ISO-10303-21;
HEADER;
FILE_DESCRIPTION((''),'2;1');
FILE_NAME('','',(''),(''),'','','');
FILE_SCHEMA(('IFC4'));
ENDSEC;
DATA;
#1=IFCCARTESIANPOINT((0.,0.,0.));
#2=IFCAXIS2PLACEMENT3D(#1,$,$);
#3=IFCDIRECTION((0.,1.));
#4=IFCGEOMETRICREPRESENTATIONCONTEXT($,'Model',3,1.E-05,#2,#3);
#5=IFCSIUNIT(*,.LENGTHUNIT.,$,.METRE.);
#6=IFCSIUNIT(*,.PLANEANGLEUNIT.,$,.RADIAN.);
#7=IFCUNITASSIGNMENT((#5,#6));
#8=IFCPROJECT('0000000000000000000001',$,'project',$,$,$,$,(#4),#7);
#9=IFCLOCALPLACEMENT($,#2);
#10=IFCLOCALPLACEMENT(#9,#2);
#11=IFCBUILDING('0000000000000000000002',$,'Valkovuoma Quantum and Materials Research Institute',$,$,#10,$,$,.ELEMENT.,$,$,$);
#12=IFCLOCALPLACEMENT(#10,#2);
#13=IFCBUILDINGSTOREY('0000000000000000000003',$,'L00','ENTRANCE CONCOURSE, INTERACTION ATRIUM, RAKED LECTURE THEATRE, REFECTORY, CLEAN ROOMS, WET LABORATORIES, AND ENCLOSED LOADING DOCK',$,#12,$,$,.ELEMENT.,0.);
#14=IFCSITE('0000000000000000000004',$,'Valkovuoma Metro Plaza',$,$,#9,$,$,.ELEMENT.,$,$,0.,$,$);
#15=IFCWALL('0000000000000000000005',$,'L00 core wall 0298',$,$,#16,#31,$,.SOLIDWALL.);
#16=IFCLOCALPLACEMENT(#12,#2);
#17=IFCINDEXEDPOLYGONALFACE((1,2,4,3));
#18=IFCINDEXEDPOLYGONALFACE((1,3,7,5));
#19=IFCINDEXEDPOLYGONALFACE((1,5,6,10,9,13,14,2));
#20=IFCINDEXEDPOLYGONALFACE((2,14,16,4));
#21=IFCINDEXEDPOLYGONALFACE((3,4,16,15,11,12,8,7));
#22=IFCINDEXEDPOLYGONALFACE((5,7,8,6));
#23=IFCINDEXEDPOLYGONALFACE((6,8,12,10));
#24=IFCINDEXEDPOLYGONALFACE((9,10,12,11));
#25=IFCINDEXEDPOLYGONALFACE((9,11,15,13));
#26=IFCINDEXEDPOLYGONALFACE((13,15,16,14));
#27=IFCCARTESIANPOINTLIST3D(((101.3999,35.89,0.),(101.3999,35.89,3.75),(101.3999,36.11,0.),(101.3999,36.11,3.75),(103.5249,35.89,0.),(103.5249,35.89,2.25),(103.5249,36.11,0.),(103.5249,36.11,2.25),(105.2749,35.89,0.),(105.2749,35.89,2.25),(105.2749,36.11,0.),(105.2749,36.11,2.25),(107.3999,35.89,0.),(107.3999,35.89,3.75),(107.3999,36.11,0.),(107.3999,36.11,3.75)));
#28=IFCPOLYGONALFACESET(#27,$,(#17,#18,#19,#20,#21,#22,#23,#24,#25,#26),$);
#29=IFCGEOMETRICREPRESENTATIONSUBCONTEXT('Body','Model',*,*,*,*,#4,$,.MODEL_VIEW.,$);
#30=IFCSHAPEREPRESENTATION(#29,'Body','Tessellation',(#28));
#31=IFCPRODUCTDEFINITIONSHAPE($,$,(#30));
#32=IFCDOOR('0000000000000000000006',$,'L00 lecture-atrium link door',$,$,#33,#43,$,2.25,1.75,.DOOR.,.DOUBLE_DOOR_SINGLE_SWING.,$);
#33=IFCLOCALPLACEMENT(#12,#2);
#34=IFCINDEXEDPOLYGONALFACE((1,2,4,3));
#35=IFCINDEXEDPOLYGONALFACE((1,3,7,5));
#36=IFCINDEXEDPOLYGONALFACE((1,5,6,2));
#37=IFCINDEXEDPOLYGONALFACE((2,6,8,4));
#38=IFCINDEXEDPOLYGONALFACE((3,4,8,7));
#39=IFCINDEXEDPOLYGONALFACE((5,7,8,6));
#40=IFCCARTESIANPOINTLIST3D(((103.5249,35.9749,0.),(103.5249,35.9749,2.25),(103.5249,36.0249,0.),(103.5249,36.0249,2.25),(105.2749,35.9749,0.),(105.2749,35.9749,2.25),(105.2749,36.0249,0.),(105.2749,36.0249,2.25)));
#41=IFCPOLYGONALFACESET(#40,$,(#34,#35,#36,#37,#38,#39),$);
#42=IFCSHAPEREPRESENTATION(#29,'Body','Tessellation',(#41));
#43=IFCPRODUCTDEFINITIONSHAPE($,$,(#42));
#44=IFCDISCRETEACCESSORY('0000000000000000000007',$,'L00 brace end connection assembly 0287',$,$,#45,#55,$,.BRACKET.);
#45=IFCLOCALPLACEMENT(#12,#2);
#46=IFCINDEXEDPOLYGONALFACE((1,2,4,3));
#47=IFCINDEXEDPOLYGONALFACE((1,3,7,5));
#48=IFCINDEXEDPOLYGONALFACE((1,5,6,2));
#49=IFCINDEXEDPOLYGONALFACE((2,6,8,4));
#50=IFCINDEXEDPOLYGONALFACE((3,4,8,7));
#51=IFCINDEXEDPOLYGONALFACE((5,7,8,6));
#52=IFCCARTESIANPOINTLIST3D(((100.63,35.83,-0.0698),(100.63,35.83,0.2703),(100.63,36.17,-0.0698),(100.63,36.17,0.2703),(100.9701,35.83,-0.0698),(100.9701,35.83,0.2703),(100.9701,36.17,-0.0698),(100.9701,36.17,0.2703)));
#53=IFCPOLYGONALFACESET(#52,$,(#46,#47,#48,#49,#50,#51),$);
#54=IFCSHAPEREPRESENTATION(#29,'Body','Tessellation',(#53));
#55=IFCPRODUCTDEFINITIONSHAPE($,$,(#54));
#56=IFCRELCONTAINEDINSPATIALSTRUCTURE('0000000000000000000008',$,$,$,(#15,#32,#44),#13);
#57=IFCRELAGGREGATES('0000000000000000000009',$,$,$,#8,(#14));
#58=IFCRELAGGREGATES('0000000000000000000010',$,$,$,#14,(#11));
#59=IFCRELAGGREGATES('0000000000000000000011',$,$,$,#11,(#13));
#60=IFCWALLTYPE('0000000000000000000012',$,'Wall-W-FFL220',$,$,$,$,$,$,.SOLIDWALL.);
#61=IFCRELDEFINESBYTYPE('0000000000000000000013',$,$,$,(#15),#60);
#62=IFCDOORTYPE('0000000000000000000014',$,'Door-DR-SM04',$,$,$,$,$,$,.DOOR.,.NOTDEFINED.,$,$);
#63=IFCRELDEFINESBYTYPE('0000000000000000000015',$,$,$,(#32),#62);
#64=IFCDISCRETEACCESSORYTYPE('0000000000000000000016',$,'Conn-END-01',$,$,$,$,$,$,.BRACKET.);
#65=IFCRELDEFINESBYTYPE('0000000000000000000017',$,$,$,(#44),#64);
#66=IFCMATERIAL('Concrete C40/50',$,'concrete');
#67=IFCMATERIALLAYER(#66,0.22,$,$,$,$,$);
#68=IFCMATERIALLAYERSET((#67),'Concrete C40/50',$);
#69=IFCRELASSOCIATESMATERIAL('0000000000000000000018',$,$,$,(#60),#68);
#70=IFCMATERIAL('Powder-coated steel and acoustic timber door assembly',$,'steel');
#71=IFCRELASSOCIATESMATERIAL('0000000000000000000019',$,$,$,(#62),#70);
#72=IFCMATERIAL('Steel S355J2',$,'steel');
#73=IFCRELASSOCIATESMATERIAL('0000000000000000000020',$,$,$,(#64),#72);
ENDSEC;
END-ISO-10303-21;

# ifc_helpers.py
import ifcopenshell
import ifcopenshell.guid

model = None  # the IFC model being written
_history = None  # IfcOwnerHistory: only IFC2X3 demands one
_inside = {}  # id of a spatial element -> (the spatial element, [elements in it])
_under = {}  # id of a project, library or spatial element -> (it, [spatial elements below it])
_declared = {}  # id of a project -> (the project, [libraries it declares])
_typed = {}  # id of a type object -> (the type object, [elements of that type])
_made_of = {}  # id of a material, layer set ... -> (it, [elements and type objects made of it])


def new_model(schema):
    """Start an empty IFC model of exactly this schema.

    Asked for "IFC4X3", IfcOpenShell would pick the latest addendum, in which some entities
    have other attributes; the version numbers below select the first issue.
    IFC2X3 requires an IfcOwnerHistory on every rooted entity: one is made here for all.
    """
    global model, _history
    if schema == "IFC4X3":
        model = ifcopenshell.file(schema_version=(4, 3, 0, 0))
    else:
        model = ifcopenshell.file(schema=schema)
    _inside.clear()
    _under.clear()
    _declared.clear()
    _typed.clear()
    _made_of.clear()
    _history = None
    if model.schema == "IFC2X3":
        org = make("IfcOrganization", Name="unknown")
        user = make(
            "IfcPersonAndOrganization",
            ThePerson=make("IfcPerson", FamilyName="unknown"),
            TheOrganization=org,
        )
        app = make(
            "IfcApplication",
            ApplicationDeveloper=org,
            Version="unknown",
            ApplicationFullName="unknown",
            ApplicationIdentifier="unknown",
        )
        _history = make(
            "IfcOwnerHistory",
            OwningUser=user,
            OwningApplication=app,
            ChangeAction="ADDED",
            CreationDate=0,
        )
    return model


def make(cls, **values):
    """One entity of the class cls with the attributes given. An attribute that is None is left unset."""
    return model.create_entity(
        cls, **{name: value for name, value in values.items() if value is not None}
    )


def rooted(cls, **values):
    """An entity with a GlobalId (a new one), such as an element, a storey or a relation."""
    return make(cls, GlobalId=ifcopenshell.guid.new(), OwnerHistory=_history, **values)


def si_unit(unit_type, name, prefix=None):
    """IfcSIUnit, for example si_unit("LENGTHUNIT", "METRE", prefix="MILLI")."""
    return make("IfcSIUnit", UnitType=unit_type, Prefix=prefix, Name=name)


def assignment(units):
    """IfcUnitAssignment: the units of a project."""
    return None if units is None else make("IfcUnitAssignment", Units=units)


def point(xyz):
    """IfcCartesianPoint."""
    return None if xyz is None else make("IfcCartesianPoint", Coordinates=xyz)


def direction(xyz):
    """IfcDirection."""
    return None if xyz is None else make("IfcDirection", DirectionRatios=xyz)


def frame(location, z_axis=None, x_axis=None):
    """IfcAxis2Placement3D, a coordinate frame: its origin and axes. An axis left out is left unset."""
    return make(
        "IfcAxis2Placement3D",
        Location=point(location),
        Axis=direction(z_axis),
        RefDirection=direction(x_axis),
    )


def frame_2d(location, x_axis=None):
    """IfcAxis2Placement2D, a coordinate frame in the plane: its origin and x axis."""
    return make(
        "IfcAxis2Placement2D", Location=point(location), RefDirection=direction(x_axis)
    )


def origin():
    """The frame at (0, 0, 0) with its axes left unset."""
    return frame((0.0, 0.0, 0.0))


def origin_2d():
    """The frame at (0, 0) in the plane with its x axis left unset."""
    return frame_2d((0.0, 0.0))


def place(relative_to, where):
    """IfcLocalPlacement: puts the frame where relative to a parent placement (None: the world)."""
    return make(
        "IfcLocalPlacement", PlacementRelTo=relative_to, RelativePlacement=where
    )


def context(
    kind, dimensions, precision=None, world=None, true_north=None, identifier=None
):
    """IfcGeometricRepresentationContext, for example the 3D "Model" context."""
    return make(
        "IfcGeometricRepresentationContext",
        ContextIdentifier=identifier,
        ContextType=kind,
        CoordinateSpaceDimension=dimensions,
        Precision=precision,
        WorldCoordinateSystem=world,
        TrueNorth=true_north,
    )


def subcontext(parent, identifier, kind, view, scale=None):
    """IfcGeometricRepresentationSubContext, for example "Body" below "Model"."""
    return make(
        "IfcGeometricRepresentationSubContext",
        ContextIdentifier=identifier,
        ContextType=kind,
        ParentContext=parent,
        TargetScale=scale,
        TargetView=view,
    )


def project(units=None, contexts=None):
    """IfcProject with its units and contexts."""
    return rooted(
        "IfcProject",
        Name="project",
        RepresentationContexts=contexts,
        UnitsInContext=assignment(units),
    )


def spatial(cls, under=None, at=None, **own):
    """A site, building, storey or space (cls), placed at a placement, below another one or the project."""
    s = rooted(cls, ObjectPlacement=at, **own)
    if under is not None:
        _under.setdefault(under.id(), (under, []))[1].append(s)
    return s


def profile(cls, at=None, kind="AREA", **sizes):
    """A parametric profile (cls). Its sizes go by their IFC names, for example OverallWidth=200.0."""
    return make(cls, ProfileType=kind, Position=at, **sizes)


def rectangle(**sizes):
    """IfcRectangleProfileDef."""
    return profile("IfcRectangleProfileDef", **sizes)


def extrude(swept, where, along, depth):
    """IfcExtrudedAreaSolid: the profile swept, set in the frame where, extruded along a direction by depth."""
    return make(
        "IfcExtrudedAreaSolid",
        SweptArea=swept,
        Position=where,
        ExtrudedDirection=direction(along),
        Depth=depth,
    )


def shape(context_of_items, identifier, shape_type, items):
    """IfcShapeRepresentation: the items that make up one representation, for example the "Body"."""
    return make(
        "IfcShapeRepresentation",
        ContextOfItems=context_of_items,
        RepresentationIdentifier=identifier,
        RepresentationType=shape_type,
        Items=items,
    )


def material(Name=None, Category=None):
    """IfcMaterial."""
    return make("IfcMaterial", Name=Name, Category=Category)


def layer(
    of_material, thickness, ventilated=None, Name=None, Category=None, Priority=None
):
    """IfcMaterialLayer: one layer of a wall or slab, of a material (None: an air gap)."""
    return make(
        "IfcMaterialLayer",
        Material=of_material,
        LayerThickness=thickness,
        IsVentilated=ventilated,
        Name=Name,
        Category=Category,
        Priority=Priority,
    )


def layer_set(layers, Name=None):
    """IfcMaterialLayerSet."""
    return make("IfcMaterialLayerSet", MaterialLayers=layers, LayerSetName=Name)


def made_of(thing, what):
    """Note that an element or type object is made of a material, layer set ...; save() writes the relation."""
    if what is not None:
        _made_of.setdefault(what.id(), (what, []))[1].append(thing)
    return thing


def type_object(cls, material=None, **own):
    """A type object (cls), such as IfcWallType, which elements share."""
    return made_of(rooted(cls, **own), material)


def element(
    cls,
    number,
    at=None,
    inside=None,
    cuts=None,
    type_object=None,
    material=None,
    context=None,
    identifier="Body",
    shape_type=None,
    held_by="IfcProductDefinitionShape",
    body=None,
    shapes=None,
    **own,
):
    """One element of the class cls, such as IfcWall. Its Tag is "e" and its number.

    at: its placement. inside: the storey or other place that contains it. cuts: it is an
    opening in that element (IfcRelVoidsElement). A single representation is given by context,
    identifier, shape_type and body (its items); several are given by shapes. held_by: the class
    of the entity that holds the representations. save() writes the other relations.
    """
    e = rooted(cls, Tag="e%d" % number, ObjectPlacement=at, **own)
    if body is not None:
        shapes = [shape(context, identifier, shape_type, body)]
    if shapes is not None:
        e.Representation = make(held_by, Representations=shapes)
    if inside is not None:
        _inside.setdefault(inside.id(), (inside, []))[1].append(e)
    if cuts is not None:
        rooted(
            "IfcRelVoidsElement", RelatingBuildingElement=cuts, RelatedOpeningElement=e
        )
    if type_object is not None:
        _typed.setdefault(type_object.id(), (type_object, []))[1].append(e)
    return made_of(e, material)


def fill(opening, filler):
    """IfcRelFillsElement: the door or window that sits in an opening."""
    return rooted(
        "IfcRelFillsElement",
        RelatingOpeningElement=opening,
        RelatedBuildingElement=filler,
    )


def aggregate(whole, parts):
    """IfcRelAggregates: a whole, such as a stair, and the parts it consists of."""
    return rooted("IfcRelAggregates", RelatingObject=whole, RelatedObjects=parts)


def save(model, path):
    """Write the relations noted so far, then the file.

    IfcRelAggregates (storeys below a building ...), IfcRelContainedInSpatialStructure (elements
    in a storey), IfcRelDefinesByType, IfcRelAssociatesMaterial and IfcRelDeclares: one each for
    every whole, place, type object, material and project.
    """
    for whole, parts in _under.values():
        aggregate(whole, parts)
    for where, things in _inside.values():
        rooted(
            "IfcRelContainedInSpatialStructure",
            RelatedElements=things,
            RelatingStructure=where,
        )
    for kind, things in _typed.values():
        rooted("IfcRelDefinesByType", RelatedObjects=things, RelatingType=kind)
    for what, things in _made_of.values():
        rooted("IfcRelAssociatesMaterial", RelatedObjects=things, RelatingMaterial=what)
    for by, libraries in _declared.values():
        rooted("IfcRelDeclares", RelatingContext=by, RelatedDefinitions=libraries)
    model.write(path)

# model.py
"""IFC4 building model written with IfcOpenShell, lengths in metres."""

from ifc_helpers import new_model, si_unit, direction, frame, frame_2d, origin, origin_2d, place, context, subcontext, project, spatial, rectangle, extrude, material, layer, layer_set, type_object, element, fill, save


model = new_model("IFC4")

# Units and contexts
model_context = context("Model", 3, precision=1e-05, world=origin(), true_north=direction((0.0, 1.0)))
body_context = subcontext(model_context, "Body", "Model", "MODEL_VIEW")
ifc_project = project(units=[si_unit("LENGTHUNIT", "METRE"), si_unit("PLANEANGLEUNIT", "RADIAN")], contexts=[model_context])

# Site, building, storey
site_placement = place(None, origin())
site = spatial("IfcSite", under=ifc_project, at=site_placement, Name="Valkovuoma Metro Plaza", CompositionType="ELEMENT", RefElevation=0.0)
building_placement = place(site_placement, origin())
building = spatial("IfcBuilding", under=site, at=building_placement, Name="Valkovuoma Quantum and Materials Research Institute", CompositionType="ELEMENT")
storey_placement = place(building_placement, origin())
storey = spatial("IfcBuildingStorey", under=building, at=storey_placement, Name="L00", Description="ENTRANCE CONCOURSE, INTERACTION ATRIUM, RAKED LECTURE THEATRE, REFECTORY, CLEAN ROOMS, WET LABORATORIES, AND ENCLOSED LOADING DOCK", CompositionType="ELEMENT", Elevation=0.0)

# Wall, opening, door
ifc_material_1 = material(Name="Concrete C40/50", Category="concrete")
ifc_layer_1 = layer(ifc_material_1, 0.22)
ifc_layer_set_1 = layer_set([ifc_layer_1], Name="Concrete C40/50")
wall_type_1 = type_object("IfcWallType", Name="Wall-W-FFL220", PredefinedType="SOLIDWALL", material=ifc_layer_set_1)
wall_1_placement = place(storey_placement, frame((101.3999, 36.0, 0.0), z_axis=(0.0, 0.0, 1.0), x_axis=(1.0, 0.0, 0.0)))
wall_1 = element("IfcWall", 1, at=wall_1_placement, inside=storey, type_object=wall_type_1, Name="L00 core wall 0298", PredefinedType="SOLIDWALL", context=body_context, shape_type="SweptSolid", body=[
    extrude(rectangle(XDim=6.0, YDim=0.22, at=frame_2d((3.0, 0.0))), origin(), (0.0, 0.0, 1.0), 3.75),
])
opening_1_placement = place(wall_1_placement, frame((2.125, 0.0, 0.0)))
opening_1 = element("IfcOpeningElement", 2, at=opening_1_placement, cuts=wall_1, PredefinedType="OPENING", context=body_context, shape_type="SweptSolid", body=[
    extrude(rectangle(XDim=1.75, YDim=2.25, at=frame_2d((0.875, 1.125))), frame((0.0, 0.1201, 0.0), z_axis=(0.0, -1.0, 0.0), x_axis=(1.0, 0.0, 0.0)), (0.0, 0.0, 1.0), 0.24),
])
ifc_material_2 = material(Name="Powder-coated steel and acoustic timber door assembly", Category="steel")
door_type = type_object("IfcDoorType", Name="Door-DR-SM04", OperationType="NOTDEFINED", PredefinedType="DOOR", material=ifc_material_2)
door_placement = place(opening_1_placement, origin())
door = element("IfcDoor", 3, at=door_placement, inside=storey, type_object=door_type, Name="L00 lecture-atrium link door", OperationType="DOUBLE_DOOR_SINGLE_SWING", OverallHeight=2.25, OverallWidth=1.75, PredefinedType="DOOR", context=body_context, shape_type="SweptSolid", body=[
    extrude(rectangle(XDim=1.75, YDim=2.25, at=frame_2d((0.875, 1.125))), frame((0.0, 0.0249, 0.0), z_axis=(0.0, -1.0, 0.0), x_axis=(1.0, 0.0, 0.0)), (0.0, 0.0, 1.0), 0.05),
])
fill(opening_1, door)

# Discrete accessory
ifc_material_3 = material(Name="Steel S355J2", Category="steel")
discrete_accessory_type = type_object("IfcDiscreteAccessoryType", Name="Conn-END-01", PredefinedType="BRACKET", material=ifc_material_3)
discrete_accessory_placement = place(storey_placement, frame((100.8, 36.0, -0.0698), z_axis=(0.0, 0.0, 1.0), x_axis=(1.0, 0.0, 0.0)))
element("IfcDiscreteAccessory", 4, at=discrete_accessory_placement, inside=storey, type_object=discrete_accessory_type, Name="L00 brace end connection assembly 0287", PredefinedType="BRACKET", context=body_context, shape_type="SweptSolid", body=[
    extrude(rectangle(XDim=0.3401, YDim=0.3401, at=origin_2d()), origin(), (0.0, 0.0, 1.0), 0.3401),
])

save(model, "model.ifc")
